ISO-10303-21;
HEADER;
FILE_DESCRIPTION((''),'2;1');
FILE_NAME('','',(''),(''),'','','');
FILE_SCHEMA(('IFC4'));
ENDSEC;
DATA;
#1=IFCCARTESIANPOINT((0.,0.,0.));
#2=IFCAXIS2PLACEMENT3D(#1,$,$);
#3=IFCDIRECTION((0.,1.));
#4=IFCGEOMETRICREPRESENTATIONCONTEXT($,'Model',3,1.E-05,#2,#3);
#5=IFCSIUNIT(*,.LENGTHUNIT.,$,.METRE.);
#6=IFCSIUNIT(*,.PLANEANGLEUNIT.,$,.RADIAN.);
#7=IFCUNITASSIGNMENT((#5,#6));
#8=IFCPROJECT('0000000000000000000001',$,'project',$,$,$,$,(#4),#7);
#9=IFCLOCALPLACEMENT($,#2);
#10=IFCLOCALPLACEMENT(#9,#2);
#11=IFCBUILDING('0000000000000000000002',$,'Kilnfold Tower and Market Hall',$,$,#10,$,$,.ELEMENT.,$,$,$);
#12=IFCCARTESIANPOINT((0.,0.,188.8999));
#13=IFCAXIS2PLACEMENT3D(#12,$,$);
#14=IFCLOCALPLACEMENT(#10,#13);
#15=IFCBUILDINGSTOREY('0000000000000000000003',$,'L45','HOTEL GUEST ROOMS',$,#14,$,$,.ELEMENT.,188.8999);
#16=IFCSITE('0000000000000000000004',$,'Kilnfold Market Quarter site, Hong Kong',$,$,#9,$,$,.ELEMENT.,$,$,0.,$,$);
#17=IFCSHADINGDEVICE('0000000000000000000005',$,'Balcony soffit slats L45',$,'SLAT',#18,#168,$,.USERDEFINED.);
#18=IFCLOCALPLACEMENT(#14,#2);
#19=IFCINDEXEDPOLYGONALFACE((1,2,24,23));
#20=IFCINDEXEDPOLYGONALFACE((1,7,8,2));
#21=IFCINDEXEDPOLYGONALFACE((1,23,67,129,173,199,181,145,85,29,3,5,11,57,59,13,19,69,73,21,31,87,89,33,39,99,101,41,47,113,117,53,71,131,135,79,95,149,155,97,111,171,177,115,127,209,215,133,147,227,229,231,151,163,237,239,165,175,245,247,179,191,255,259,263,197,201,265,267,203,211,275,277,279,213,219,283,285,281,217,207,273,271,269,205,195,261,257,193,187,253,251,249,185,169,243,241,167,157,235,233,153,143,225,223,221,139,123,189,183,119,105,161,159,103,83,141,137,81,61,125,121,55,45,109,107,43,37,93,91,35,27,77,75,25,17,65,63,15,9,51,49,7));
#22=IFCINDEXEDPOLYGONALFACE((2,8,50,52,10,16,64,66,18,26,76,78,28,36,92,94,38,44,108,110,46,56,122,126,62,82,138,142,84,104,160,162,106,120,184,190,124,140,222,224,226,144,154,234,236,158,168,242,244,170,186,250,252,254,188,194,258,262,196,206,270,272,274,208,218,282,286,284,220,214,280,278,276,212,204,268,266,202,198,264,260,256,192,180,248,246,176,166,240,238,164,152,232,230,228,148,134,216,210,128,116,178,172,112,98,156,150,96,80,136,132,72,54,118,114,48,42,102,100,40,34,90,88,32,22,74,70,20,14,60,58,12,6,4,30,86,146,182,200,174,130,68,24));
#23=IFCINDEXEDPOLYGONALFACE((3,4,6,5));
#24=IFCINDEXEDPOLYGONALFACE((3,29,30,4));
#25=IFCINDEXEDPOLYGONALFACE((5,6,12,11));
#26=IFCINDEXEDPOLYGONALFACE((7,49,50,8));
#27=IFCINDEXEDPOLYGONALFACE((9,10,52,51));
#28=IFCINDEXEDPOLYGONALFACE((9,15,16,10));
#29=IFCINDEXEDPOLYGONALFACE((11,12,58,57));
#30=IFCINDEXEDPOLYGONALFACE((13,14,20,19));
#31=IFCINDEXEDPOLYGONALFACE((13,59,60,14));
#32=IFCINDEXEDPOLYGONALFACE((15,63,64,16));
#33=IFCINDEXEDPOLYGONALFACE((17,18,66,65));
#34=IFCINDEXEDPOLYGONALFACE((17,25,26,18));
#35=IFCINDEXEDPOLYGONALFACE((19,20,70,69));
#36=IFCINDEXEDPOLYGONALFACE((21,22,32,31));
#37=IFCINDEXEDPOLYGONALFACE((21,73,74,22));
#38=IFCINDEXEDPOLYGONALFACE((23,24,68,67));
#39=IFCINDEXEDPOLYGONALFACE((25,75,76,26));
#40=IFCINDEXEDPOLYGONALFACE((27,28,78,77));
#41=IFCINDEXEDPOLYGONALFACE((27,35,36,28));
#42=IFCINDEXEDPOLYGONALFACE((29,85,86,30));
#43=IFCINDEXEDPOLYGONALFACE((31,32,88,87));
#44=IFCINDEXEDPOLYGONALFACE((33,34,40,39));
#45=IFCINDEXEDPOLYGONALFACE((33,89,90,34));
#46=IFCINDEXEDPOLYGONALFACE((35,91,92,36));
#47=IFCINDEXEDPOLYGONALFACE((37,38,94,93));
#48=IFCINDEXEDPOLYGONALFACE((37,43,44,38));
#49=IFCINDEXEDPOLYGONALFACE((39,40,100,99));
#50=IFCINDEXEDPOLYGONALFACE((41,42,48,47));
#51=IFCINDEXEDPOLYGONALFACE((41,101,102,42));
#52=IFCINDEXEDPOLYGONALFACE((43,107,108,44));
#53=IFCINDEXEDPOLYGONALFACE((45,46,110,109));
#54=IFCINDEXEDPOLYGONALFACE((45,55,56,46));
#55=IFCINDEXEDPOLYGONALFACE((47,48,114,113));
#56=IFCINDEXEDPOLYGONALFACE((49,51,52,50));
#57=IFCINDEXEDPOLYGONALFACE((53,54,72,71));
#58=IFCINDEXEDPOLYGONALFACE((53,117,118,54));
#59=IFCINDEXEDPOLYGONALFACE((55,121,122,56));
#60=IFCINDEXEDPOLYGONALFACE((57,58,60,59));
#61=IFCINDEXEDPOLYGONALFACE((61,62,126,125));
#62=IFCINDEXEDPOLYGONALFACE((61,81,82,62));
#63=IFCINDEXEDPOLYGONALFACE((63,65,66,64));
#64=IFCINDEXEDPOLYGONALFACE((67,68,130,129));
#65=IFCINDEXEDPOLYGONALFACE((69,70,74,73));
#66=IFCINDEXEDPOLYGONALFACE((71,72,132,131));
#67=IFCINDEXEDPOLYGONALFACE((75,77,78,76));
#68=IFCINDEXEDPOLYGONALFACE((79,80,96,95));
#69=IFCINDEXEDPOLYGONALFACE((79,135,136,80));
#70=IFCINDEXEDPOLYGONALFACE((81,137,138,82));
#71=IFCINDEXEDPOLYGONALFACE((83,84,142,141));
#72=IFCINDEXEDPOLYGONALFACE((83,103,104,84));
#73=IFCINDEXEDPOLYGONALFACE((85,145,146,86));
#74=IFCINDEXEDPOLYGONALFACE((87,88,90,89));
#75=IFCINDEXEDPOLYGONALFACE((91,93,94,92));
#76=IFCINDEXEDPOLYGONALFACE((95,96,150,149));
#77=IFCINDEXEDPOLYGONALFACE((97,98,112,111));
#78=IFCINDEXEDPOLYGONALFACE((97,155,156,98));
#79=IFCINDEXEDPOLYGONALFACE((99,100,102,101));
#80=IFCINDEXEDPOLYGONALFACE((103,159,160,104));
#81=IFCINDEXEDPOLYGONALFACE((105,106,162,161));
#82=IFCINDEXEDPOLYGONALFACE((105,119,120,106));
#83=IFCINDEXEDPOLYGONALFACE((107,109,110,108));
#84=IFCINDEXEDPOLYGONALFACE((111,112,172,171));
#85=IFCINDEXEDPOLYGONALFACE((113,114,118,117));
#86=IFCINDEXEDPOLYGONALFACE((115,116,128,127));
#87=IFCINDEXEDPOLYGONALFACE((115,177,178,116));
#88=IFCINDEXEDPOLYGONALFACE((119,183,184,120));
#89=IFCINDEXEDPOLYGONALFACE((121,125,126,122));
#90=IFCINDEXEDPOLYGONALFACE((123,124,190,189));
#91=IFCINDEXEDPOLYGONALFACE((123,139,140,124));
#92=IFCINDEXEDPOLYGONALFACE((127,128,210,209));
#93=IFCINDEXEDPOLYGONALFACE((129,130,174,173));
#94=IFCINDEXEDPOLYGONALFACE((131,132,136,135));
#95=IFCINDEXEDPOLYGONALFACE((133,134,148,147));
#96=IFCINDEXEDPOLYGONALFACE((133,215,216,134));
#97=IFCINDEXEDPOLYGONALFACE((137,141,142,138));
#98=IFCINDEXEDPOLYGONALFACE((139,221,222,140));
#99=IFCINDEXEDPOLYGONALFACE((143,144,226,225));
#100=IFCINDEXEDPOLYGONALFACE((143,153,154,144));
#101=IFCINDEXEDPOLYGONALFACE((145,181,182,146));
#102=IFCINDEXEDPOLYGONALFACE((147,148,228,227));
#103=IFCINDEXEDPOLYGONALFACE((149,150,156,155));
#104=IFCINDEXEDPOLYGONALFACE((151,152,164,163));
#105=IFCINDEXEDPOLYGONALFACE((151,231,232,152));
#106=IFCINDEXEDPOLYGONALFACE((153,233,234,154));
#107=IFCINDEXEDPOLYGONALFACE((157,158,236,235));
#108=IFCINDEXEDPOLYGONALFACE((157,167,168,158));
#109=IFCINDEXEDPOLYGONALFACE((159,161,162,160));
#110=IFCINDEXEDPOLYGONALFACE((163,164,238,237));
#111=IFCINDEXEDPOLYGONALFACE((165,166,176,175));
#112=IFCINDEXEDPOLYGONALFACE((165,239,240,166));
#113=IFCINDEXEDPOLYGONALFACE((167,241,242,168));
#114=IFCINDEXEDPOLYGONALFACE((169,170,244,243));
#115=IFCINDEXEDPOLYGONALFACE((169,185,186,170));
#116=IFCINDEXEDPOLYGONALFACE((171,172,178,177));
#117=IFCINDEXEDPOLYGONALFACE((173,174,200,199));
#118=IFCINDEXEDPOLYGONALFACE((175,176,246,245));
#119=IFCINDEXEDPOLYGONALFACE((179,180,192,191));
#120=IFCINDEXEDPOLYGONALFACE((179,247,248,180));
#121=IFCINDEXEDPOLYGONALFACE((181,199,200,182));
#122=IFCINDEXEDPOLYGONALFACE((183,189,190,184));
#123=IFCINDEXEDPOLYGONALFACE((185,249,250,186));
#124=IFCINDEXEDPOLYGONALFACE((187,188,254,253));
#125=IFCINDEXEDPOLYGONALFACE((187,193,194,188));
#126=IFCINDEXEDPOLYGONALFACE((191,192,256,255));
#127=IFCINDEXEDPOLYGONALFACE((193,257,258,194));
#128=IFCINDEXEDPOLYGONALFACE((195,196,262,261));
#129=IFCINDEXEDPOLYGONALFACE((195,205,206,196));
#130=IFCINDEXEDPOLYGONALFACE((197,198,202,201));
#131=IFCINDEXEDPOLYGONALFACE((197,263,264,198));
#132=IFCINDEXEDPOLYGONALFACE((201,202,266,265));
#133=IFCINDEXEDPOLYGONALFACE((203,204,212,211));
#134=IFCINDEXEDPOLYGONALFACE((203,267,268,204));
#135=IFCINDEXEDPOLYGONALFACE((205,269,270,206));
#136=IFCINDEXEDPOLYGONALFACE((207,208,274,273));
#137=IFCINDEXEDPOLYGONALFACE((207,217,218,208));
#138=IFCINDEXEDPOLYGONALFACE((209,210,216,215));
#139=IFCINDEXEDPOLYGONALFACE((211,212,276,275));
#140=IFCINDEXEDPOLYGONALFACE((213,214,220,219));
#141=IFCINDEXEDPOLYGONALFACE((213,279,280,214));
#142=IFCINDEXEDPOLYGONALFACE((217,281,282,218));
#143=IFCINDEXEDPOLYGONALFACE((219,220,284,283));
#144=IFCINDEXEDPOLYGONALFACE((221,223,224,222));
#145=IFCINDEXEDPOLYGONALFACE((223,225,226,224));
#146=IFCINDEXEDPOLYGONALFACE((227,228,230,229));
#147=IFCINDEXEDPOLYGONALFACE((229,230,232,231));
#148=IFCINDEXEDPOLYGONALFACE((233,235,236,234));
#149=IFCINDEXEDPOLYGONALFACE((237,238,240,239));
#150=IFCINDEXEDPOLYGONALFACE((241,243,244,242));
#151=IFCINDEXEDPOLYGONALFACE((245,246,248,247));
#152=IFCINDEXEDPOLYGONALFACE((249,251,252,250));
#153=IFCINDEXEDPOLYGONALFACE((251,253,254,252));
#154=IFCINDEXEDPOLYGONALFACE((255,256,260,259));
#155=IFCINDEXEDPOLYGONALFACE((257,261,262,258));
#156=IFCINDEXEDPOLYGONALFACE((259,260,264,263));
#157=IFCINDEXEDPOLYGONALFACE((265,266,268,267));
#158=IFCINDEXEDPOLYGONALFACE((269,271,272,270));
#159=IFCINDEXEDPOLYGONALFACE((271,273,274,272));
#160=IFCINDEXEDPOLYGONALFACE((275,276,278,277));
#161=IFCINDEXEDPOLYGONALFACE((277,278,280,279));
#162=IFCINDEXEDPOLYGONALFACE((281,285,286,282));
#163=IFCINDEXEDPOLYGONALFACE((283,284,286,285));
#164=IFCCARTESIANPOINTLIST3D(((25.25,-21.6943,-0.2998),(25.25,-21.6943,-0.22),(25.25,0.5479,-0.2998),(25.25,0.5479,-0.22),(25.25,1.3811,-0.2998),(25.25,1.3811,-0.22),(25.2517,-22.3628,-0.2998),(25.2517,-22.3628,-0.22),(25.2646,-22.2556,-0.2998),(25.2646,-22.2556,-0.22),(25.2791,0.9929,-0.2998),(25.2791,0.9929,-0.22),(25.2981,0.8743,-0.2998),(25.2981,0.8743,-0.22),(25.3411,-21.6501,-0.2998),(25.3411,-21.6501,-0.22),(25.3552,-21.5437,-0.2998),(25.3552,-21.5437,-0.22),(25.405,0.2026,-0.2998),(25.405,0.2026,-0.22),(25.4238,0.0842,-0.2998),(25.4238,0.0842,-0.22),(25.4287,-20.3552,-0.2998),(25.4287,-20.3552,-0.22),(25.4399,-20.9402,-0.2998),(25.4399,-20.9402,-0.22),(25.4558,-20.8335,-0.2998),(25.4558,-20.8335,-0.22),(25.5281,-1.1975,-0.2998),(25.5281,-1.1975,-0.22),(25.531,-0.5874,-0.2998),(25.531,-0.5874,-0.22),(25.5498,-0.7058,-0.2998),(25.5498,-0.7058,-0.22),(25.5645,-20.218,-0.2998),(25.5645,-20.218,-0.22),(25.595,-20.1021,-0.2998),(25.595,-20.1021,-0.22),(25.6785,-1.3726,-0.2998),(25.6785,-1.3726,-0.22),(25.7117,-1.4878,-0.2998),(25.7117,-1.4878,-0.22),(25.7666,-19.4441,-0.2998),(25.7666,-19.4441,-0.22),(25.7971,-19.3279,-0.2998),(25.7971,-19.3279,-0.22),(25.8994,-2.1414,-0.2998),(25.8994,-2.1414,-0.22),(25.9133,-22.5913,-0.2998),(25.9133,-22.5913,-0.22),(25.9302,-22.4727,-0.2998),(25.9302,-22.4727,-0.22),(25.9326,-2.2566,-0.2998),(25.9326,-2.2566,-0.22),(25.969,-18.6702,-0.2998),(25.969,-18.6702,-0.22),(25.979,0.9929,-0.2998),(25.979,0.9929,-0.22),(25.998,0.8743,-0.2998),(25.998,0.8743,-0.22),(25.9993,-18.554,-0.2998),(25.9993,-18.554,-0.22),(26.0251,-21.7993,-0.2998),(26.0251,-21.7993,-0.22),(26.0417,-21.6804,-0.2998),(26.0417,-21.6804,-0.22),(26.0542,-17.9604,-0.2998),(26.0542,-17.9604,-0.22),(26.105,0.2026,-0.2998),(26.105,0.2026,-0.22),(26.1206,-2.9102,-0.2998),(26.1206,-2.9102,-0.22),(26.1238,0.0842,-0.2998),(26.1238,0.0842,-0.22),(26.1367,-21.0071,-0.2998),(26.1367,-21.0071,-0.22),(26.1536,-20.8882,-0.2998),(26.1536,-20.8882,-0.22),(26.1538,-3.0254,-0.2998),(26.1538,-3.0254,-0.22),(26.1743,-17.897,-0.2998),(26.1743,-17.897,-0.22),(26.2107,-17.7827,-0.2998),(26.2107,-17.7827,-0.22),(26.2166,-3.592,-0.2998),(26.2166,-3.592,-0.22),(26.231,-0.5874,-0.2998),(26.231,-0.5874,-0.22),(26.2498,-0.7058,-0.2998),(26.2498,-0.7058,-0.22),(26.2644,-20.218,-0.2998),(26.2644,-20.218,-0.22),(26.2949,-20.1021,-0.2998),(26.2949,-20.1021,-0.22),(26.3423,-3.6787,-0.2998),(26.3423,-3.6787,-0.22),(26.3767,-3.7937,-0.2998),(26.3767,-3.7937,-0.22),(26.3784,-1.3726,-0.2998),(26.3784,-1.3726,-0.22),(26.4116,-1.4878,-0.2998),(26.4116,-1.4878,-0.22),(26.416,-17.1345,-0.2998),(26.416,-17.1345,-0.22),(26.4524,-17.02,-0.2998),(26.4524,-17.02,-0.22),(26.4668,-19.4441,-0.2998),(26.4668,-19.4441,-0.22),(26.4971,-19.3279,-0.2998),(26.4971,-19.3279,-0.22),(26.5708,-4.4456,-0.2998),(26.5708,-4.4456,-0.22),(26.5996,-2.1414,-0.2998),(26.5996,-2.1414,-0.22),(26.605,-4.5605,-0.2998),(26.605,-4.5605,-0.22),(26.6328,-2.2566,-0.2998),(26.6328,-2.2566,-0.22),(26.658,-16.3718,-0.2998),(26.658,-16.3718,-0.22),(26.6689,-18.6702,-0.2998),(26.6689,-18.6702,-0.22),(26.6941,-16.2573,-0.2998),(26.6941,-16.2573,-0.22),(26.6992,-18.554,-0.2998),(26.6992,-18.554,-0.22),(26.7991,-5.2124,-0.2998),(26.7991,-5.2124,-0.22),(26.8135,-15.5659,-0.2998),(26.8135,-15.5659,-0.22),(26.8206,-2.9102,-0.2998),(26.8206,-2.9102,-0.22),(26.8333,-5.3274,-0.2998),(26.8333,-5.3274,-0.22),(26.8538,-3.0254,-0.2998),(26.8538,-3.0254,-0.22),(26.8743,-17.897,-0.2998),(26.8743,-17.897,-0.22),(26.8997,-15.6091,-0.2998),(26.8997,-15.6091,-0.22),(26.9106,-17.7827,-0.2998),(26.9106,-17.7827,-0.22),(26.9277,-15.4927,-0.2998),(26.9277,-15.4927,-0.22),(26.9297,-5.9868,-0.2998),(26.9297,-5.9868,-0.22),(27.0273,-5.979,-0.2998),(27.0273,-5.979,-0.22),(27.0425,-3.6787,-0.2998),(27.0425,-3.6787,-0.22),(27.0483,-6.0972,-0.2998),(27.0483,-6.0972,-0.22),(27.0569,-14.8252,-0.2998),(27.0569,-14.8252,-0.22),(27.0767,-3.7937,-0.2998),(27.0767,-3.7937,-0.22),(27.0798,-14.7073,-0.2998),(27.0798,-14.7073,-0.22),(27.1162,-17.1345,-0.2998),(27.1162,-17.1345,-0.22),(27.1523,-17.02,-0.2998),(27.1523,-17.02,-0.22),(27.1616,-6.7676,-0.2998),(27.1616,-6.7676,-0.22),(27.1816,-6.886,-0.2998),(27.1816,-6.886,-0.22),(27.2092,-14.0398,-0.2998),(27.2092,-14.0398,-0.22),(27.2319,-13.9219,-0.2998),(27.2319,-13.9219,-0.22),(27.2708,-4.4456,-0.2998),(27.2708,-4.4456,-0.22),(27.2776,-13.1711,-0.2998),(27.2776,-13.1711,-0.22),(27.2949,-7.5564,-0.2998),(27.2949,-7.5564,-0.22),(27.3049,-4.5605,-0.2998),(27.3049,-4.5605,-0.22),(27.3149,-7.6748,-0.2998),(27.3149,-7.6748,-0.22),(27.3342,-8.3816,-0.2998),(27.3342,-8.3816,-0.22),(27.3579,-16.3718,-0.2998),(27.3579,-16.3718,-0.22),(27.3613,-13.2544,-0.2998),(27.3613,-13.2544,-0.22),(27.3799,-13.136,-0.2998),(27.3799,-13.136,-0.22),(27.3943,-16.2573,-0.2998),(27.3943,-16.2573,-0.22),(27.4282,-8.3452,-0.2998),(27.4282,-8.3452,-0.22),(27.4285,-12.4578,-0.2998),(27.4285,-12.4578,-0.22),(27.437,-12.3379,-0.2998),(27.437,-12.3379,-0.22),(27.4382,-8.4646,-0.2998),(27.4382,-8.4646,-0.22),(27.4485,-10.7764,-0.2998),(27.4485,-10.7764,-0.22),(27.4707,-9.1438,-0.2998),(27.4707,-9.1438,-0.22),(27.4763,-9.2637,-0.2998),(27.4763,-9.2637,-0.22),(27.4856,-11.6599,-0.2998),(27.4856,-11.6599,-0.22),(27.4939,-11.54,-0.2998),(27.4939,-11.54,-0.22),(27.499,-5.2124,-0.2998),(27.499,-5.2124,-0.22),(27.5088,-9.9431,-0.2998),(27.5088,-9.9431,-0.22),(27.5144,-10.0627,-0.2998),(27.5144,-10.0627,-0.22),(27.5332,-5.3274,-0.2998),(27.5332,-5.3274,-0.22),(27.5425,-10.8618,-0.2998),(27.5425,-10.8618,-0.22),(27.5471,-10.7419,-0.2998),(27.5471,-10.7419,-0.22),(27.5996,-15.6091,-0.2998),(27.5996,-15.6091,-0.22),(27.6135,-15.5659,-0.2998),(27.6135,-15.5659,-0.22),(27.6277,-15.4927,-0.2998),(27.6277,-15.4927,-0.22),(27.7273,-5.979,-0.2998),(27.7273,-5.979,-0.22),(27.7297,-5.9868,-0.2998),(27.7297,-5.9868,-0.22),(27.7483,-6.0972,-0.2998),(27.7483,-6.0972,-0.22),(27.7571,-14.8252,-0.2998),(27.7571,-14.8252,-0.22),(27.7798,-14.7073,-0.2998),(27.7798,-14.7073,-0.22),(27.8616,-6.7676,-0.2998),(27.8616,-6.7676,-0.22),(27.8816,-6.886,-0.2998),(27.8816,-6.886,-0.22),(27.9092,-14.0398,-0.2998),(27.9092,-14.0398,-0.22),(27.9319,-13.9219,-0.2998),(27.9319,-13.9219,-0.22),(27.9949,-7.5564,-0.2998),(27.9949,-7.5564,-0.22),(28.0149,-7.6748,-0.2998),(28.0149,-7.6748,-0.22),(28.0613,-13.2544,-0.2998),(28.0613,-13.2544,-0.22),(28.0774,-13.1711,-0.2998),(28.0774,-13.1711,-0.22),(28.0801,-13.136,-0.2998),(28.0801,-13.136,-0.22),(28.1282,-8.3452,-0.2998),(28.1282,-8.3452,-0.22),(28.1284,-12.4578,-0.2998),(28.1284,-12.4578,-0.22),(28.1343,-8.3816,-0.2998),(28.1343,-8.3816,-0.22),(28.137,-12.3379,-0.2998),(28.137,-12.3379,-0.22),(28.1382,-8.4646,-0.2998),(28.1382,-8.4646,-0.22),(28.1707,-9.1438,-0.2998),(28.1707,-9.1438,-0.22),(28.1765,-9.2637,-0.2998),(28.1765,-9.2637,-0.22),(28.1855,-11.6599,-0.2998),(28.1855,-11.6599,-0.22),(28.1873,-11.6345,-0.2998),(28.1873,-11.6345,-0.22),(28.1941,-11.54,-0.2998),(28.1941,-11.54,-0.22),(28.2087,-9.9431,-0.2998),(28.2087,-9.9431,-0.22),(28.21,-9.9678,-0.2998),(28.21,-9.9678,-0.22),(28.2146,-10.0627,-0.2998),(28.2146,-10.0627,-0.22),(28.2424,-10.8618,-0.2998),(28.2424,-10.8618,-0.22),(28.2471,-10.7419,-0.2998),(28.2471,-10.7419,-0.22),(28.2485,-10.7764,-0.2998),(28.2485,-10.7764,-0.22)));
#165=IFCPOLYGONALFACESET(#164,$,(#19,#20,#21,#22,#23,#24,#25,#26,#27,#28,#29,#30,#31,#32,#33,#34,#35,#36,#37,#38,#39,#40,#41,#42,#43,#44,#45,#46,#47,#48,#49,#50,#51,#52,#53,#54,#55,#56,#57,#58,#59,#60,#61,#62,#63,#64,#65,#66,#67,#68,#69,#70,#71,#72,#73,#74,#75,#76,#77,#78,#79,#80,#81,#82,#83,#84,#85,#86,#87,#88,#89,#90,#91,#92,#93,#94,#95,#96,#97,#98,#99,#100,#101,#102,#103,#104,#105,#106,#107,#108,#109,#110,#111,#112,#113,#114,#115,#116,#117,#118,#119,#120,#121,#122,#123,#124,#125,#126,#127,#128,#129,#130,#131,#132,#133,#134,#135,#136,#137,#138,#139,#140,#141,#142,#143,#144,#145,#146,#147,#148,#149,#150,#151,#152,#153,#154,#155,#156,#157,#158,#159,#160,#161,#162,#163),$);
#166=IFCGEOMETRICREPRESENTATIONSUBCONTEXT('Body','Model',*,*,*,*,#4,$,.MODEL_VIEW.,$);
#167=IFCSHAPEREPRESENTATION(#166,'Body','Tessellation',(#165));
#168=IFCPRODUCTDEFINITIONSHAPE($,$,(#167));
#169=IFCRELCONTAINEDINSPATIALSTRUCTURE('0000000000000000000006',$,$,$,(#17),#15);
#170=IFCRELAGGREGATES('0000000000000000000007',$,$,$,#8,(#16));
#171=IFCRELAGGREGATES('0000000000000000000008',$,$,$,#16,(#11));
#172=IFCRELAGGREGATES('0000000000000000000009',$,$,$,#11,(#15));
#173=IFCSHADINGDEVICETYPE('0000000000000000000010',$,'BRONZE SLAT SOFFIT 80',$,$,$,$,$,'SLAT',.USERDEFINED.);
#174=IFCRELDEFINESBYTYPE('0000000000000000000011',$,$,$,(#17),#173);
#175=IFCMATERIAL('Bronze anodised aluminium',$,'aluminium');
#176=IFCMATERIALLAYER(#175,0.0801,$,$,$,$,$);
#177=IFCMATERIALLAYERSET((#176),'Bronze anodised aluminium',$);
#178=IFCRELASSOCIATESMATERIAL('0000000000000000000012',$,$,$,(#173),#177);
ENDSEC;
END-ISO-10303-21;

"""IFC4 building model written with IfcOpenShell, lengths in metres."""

from ifc_helpers import new_model, si_unit, direction, frame, origin, place, context, subcontext, project, spatial, polyline, outline, extrude, source, transform, mapped, material, layer, layer_set, type_object, element, save


model = new_model("IFC4")

# Units and contexts
model_context = context("Model", 3, precision=1e-05, world=origin(), true_north=direction((0.0, 1.0)))
body_context = subcontext(model_context, "Body", "Model", "MODEL_VIEW")
ifc_project = project(units=[si_unit("LENGTHUNIT", "METRE"), si_unit("PLANEANGLEUNIT", "RADIAN")], contexts=[model_context])

# Site, building, storey
site_placement = place(None, origin())
site = spatial("IfcSite", under=ifc_project, at=site_placement, Name="Kilnfold Market Quarter site, Hong Kong", CompositionType="ELEMENT", RefElevation=0.0)
building_placement = place(site_placement, origin())
building = spatial("IfcBuilding", under=site, at=building_placement, Name="Kilnfold Tower and Market Hall", CompositionType="ELEMENT")
storey_placement = place(building_placement, frame((0.0, 0.0, 188.8999)))
storey = spatial("IfcBuildingStorey", under=building, at=storey_placement, Name="L45", Description="HOTEL GUEST ROOMS", CompositionType="ELEMENT", Elevation=188.8999)

# Shading device
ifc_material_1 = material(Name="Bronze anodised aluminium", Category="aluminium")
ifc_layer_1 = layer(ifc_material_1, 0.0801)
ifc_layer_set_1 = layer_set([ifc_layer_1], Name="Bronze anodised aluminium")
shading_device_type_1 = type_object("IfcShadingDeviceType", Name="BRONZE SLAT SOFFIT 80", ElementType="SLAT", PredefinedType="USERDEFINED", material=ifc_layer_set_1)
shared_shape_1 = source(origin(), body_context, "Body", "SweptSolid", [
    extrude(outline(polyline([(25.2517, -22.3628), (25.25, -21.6943), (25.4287, -20.3552), (26.0542, -17.9604), (26.8135, -15.5659), (27.2776, -13.1711), (27.4485, -10.7764), (27.3342, -8.3816), (26.9297, -5.9868), (26.2166, -3.592), (25.5281, -1.1975), (25.25, 0.5479), (25.25, 1.3811), (25.2791, 0.9929), (25.979, 0.9929), (25.998, 0.8743), (25.2981, 0.8743), (25.405, 0.2026), (26.105, 0.2026), (26.1238, 0.0842), (25.4238, 0.0842), (25.531, -0.5874), (26.231, -0.5874), (26.2498, -0.7058), (25.5498, -0.7058), (25.6785, -1.3726), (26.3784, -1.3726), (26.4116, -1.4878), (25.7117, -1.4878), (25.8994, -2.1414), (26.5996, -2.1414), (26.6328, -2.2566), (25.9326, -2.2566), (26.1206, -2.9102), (26.8206, -2.9102), (26.8538, -3.0254), (26.1538, -3.0254), (26.3423, -3.6787), (27.0425, -3.6787), (27.0767, -3.7937), (26.3767, -3.7937), (26.5708, -4.4456), (27.2708, -4.4456), (27.3049, -4.5605), (26.605, -4.5605), (26.7991, -5.2124), (27.499, -5.2124), (27.5332, -5.3274), (26.8333, -5.3274), (27.0273, -5.979), (27.7273, -5.979), (27.7297, -5.9868), (27.7483, -6.0972), (27.0483, -6.0972), (27.1616, -6.7676), (27.8616, -6.7676), (27.8816, -6.886), (27.1816, -6.886), (27.2949, -7.5564), (27.9949, -7.5564), (28.0149, -7.6748), (27.3149, -7.6748), (27.4282, -8.3452), (28.1282, -8.3452), (28.1343, -8.3816), (28.1382, -8.4646), (27.4382, -8.4646), (27.4707, -9.1438), (28.1707, -9.1438), (28.1765, -9.2637), (27.4763, -9.2637), (27.5088, -9.9431), (28.2087, -9.9431), (28.21, -9.9678), (28.2146, -10.0627), (27.5144, -10.0627), (27.5471, -10.7419), (28.2471, -10.7419), (28.2485, -10.7764), (28.2424, -10.8618), (27.5425, -10.8618), (27.4939, -11.54), (28.1941, -11.54), (28.1873, -11.6345), (28.1855, -11.6599), (27.4856, -11.6599), (27.437, -12.3379), (28.137, -12.3379), (28.1284, -12.4578), (27.4285, -12.4578), (27.3799, -13.136), (28.0801, -13.136), (28.0774, -13.1711), (28.0613, -13.2544), (27.3613, -13.2544), (27.2319, -13.9219), (27.9319, -13.9219), (27.9092, -14.0398), (27.2092, -14.0398), (27.0798, -14.7073), (27.7798, -14.7073), (27.7571, -14.8252), (27.0569, -14.8252), (26.9277, -15.4927), (27.6277, -15.4927), (27.6135, -15.5659), (27.5996, -15.6091), (26.8997, -15.6091), (26.6941, -16.2573), (27.3943, -16.2573), (27.3579, -16.3718), (26.658, -16.3718), (26.4524, -17.02), (27.1523, -17.02), (27.1162, -17.1345), (26.416, -17.1345), (26.2107, -17.7827), (26.9106, -17.7827), (26.8743, -17.897), (26.1743, -17.897), (25.9993, -18.554), (26.6992, -18.554), (26.6689, -18.6702), (25.969, -18.6702), (25.7971, -19.3279), (26.4971, -19.3279), (26.4668, -19.4441), (25.7666, -19.4441), (25.595, -20.1021), (26.2949, -20.1021), (26.2644, -20.218), (25.5645, -20.218), (25.4558, -20.8335), (26.1536, -20.8882), (26.1367, -21.0071), (25.4399, -20.9402), (25.3552, -21.5437), (26.0417, -21.6804), (26.0251, -21.7993), (25.3411, -21.6501), (25.2646, -22.2556), (25.9302, -22.4727), (25.9133, -22.5913), (25.2517, -22.3628)])), origin(), (0.0, 0.0, 1.0), 0.0798),
])
shading_device_1_placement = place(storey_placement, frame((0.0, 0.0, -0.2998)))
element("IfcShadingDevice", 1, at=shading_device_1_placement, inside=storey, type_object=shading_device_type_1, Name="Balcony soffit slats L45", ObjectType="SLAT", PredefinedType="USERDEFINED", context=body_context, shape_type="MappedRepresentation", body=[
    mapped(shared_shape_1, transform((0.0, 0.0, 0.0))),
])

save(model, "model.ifc")
